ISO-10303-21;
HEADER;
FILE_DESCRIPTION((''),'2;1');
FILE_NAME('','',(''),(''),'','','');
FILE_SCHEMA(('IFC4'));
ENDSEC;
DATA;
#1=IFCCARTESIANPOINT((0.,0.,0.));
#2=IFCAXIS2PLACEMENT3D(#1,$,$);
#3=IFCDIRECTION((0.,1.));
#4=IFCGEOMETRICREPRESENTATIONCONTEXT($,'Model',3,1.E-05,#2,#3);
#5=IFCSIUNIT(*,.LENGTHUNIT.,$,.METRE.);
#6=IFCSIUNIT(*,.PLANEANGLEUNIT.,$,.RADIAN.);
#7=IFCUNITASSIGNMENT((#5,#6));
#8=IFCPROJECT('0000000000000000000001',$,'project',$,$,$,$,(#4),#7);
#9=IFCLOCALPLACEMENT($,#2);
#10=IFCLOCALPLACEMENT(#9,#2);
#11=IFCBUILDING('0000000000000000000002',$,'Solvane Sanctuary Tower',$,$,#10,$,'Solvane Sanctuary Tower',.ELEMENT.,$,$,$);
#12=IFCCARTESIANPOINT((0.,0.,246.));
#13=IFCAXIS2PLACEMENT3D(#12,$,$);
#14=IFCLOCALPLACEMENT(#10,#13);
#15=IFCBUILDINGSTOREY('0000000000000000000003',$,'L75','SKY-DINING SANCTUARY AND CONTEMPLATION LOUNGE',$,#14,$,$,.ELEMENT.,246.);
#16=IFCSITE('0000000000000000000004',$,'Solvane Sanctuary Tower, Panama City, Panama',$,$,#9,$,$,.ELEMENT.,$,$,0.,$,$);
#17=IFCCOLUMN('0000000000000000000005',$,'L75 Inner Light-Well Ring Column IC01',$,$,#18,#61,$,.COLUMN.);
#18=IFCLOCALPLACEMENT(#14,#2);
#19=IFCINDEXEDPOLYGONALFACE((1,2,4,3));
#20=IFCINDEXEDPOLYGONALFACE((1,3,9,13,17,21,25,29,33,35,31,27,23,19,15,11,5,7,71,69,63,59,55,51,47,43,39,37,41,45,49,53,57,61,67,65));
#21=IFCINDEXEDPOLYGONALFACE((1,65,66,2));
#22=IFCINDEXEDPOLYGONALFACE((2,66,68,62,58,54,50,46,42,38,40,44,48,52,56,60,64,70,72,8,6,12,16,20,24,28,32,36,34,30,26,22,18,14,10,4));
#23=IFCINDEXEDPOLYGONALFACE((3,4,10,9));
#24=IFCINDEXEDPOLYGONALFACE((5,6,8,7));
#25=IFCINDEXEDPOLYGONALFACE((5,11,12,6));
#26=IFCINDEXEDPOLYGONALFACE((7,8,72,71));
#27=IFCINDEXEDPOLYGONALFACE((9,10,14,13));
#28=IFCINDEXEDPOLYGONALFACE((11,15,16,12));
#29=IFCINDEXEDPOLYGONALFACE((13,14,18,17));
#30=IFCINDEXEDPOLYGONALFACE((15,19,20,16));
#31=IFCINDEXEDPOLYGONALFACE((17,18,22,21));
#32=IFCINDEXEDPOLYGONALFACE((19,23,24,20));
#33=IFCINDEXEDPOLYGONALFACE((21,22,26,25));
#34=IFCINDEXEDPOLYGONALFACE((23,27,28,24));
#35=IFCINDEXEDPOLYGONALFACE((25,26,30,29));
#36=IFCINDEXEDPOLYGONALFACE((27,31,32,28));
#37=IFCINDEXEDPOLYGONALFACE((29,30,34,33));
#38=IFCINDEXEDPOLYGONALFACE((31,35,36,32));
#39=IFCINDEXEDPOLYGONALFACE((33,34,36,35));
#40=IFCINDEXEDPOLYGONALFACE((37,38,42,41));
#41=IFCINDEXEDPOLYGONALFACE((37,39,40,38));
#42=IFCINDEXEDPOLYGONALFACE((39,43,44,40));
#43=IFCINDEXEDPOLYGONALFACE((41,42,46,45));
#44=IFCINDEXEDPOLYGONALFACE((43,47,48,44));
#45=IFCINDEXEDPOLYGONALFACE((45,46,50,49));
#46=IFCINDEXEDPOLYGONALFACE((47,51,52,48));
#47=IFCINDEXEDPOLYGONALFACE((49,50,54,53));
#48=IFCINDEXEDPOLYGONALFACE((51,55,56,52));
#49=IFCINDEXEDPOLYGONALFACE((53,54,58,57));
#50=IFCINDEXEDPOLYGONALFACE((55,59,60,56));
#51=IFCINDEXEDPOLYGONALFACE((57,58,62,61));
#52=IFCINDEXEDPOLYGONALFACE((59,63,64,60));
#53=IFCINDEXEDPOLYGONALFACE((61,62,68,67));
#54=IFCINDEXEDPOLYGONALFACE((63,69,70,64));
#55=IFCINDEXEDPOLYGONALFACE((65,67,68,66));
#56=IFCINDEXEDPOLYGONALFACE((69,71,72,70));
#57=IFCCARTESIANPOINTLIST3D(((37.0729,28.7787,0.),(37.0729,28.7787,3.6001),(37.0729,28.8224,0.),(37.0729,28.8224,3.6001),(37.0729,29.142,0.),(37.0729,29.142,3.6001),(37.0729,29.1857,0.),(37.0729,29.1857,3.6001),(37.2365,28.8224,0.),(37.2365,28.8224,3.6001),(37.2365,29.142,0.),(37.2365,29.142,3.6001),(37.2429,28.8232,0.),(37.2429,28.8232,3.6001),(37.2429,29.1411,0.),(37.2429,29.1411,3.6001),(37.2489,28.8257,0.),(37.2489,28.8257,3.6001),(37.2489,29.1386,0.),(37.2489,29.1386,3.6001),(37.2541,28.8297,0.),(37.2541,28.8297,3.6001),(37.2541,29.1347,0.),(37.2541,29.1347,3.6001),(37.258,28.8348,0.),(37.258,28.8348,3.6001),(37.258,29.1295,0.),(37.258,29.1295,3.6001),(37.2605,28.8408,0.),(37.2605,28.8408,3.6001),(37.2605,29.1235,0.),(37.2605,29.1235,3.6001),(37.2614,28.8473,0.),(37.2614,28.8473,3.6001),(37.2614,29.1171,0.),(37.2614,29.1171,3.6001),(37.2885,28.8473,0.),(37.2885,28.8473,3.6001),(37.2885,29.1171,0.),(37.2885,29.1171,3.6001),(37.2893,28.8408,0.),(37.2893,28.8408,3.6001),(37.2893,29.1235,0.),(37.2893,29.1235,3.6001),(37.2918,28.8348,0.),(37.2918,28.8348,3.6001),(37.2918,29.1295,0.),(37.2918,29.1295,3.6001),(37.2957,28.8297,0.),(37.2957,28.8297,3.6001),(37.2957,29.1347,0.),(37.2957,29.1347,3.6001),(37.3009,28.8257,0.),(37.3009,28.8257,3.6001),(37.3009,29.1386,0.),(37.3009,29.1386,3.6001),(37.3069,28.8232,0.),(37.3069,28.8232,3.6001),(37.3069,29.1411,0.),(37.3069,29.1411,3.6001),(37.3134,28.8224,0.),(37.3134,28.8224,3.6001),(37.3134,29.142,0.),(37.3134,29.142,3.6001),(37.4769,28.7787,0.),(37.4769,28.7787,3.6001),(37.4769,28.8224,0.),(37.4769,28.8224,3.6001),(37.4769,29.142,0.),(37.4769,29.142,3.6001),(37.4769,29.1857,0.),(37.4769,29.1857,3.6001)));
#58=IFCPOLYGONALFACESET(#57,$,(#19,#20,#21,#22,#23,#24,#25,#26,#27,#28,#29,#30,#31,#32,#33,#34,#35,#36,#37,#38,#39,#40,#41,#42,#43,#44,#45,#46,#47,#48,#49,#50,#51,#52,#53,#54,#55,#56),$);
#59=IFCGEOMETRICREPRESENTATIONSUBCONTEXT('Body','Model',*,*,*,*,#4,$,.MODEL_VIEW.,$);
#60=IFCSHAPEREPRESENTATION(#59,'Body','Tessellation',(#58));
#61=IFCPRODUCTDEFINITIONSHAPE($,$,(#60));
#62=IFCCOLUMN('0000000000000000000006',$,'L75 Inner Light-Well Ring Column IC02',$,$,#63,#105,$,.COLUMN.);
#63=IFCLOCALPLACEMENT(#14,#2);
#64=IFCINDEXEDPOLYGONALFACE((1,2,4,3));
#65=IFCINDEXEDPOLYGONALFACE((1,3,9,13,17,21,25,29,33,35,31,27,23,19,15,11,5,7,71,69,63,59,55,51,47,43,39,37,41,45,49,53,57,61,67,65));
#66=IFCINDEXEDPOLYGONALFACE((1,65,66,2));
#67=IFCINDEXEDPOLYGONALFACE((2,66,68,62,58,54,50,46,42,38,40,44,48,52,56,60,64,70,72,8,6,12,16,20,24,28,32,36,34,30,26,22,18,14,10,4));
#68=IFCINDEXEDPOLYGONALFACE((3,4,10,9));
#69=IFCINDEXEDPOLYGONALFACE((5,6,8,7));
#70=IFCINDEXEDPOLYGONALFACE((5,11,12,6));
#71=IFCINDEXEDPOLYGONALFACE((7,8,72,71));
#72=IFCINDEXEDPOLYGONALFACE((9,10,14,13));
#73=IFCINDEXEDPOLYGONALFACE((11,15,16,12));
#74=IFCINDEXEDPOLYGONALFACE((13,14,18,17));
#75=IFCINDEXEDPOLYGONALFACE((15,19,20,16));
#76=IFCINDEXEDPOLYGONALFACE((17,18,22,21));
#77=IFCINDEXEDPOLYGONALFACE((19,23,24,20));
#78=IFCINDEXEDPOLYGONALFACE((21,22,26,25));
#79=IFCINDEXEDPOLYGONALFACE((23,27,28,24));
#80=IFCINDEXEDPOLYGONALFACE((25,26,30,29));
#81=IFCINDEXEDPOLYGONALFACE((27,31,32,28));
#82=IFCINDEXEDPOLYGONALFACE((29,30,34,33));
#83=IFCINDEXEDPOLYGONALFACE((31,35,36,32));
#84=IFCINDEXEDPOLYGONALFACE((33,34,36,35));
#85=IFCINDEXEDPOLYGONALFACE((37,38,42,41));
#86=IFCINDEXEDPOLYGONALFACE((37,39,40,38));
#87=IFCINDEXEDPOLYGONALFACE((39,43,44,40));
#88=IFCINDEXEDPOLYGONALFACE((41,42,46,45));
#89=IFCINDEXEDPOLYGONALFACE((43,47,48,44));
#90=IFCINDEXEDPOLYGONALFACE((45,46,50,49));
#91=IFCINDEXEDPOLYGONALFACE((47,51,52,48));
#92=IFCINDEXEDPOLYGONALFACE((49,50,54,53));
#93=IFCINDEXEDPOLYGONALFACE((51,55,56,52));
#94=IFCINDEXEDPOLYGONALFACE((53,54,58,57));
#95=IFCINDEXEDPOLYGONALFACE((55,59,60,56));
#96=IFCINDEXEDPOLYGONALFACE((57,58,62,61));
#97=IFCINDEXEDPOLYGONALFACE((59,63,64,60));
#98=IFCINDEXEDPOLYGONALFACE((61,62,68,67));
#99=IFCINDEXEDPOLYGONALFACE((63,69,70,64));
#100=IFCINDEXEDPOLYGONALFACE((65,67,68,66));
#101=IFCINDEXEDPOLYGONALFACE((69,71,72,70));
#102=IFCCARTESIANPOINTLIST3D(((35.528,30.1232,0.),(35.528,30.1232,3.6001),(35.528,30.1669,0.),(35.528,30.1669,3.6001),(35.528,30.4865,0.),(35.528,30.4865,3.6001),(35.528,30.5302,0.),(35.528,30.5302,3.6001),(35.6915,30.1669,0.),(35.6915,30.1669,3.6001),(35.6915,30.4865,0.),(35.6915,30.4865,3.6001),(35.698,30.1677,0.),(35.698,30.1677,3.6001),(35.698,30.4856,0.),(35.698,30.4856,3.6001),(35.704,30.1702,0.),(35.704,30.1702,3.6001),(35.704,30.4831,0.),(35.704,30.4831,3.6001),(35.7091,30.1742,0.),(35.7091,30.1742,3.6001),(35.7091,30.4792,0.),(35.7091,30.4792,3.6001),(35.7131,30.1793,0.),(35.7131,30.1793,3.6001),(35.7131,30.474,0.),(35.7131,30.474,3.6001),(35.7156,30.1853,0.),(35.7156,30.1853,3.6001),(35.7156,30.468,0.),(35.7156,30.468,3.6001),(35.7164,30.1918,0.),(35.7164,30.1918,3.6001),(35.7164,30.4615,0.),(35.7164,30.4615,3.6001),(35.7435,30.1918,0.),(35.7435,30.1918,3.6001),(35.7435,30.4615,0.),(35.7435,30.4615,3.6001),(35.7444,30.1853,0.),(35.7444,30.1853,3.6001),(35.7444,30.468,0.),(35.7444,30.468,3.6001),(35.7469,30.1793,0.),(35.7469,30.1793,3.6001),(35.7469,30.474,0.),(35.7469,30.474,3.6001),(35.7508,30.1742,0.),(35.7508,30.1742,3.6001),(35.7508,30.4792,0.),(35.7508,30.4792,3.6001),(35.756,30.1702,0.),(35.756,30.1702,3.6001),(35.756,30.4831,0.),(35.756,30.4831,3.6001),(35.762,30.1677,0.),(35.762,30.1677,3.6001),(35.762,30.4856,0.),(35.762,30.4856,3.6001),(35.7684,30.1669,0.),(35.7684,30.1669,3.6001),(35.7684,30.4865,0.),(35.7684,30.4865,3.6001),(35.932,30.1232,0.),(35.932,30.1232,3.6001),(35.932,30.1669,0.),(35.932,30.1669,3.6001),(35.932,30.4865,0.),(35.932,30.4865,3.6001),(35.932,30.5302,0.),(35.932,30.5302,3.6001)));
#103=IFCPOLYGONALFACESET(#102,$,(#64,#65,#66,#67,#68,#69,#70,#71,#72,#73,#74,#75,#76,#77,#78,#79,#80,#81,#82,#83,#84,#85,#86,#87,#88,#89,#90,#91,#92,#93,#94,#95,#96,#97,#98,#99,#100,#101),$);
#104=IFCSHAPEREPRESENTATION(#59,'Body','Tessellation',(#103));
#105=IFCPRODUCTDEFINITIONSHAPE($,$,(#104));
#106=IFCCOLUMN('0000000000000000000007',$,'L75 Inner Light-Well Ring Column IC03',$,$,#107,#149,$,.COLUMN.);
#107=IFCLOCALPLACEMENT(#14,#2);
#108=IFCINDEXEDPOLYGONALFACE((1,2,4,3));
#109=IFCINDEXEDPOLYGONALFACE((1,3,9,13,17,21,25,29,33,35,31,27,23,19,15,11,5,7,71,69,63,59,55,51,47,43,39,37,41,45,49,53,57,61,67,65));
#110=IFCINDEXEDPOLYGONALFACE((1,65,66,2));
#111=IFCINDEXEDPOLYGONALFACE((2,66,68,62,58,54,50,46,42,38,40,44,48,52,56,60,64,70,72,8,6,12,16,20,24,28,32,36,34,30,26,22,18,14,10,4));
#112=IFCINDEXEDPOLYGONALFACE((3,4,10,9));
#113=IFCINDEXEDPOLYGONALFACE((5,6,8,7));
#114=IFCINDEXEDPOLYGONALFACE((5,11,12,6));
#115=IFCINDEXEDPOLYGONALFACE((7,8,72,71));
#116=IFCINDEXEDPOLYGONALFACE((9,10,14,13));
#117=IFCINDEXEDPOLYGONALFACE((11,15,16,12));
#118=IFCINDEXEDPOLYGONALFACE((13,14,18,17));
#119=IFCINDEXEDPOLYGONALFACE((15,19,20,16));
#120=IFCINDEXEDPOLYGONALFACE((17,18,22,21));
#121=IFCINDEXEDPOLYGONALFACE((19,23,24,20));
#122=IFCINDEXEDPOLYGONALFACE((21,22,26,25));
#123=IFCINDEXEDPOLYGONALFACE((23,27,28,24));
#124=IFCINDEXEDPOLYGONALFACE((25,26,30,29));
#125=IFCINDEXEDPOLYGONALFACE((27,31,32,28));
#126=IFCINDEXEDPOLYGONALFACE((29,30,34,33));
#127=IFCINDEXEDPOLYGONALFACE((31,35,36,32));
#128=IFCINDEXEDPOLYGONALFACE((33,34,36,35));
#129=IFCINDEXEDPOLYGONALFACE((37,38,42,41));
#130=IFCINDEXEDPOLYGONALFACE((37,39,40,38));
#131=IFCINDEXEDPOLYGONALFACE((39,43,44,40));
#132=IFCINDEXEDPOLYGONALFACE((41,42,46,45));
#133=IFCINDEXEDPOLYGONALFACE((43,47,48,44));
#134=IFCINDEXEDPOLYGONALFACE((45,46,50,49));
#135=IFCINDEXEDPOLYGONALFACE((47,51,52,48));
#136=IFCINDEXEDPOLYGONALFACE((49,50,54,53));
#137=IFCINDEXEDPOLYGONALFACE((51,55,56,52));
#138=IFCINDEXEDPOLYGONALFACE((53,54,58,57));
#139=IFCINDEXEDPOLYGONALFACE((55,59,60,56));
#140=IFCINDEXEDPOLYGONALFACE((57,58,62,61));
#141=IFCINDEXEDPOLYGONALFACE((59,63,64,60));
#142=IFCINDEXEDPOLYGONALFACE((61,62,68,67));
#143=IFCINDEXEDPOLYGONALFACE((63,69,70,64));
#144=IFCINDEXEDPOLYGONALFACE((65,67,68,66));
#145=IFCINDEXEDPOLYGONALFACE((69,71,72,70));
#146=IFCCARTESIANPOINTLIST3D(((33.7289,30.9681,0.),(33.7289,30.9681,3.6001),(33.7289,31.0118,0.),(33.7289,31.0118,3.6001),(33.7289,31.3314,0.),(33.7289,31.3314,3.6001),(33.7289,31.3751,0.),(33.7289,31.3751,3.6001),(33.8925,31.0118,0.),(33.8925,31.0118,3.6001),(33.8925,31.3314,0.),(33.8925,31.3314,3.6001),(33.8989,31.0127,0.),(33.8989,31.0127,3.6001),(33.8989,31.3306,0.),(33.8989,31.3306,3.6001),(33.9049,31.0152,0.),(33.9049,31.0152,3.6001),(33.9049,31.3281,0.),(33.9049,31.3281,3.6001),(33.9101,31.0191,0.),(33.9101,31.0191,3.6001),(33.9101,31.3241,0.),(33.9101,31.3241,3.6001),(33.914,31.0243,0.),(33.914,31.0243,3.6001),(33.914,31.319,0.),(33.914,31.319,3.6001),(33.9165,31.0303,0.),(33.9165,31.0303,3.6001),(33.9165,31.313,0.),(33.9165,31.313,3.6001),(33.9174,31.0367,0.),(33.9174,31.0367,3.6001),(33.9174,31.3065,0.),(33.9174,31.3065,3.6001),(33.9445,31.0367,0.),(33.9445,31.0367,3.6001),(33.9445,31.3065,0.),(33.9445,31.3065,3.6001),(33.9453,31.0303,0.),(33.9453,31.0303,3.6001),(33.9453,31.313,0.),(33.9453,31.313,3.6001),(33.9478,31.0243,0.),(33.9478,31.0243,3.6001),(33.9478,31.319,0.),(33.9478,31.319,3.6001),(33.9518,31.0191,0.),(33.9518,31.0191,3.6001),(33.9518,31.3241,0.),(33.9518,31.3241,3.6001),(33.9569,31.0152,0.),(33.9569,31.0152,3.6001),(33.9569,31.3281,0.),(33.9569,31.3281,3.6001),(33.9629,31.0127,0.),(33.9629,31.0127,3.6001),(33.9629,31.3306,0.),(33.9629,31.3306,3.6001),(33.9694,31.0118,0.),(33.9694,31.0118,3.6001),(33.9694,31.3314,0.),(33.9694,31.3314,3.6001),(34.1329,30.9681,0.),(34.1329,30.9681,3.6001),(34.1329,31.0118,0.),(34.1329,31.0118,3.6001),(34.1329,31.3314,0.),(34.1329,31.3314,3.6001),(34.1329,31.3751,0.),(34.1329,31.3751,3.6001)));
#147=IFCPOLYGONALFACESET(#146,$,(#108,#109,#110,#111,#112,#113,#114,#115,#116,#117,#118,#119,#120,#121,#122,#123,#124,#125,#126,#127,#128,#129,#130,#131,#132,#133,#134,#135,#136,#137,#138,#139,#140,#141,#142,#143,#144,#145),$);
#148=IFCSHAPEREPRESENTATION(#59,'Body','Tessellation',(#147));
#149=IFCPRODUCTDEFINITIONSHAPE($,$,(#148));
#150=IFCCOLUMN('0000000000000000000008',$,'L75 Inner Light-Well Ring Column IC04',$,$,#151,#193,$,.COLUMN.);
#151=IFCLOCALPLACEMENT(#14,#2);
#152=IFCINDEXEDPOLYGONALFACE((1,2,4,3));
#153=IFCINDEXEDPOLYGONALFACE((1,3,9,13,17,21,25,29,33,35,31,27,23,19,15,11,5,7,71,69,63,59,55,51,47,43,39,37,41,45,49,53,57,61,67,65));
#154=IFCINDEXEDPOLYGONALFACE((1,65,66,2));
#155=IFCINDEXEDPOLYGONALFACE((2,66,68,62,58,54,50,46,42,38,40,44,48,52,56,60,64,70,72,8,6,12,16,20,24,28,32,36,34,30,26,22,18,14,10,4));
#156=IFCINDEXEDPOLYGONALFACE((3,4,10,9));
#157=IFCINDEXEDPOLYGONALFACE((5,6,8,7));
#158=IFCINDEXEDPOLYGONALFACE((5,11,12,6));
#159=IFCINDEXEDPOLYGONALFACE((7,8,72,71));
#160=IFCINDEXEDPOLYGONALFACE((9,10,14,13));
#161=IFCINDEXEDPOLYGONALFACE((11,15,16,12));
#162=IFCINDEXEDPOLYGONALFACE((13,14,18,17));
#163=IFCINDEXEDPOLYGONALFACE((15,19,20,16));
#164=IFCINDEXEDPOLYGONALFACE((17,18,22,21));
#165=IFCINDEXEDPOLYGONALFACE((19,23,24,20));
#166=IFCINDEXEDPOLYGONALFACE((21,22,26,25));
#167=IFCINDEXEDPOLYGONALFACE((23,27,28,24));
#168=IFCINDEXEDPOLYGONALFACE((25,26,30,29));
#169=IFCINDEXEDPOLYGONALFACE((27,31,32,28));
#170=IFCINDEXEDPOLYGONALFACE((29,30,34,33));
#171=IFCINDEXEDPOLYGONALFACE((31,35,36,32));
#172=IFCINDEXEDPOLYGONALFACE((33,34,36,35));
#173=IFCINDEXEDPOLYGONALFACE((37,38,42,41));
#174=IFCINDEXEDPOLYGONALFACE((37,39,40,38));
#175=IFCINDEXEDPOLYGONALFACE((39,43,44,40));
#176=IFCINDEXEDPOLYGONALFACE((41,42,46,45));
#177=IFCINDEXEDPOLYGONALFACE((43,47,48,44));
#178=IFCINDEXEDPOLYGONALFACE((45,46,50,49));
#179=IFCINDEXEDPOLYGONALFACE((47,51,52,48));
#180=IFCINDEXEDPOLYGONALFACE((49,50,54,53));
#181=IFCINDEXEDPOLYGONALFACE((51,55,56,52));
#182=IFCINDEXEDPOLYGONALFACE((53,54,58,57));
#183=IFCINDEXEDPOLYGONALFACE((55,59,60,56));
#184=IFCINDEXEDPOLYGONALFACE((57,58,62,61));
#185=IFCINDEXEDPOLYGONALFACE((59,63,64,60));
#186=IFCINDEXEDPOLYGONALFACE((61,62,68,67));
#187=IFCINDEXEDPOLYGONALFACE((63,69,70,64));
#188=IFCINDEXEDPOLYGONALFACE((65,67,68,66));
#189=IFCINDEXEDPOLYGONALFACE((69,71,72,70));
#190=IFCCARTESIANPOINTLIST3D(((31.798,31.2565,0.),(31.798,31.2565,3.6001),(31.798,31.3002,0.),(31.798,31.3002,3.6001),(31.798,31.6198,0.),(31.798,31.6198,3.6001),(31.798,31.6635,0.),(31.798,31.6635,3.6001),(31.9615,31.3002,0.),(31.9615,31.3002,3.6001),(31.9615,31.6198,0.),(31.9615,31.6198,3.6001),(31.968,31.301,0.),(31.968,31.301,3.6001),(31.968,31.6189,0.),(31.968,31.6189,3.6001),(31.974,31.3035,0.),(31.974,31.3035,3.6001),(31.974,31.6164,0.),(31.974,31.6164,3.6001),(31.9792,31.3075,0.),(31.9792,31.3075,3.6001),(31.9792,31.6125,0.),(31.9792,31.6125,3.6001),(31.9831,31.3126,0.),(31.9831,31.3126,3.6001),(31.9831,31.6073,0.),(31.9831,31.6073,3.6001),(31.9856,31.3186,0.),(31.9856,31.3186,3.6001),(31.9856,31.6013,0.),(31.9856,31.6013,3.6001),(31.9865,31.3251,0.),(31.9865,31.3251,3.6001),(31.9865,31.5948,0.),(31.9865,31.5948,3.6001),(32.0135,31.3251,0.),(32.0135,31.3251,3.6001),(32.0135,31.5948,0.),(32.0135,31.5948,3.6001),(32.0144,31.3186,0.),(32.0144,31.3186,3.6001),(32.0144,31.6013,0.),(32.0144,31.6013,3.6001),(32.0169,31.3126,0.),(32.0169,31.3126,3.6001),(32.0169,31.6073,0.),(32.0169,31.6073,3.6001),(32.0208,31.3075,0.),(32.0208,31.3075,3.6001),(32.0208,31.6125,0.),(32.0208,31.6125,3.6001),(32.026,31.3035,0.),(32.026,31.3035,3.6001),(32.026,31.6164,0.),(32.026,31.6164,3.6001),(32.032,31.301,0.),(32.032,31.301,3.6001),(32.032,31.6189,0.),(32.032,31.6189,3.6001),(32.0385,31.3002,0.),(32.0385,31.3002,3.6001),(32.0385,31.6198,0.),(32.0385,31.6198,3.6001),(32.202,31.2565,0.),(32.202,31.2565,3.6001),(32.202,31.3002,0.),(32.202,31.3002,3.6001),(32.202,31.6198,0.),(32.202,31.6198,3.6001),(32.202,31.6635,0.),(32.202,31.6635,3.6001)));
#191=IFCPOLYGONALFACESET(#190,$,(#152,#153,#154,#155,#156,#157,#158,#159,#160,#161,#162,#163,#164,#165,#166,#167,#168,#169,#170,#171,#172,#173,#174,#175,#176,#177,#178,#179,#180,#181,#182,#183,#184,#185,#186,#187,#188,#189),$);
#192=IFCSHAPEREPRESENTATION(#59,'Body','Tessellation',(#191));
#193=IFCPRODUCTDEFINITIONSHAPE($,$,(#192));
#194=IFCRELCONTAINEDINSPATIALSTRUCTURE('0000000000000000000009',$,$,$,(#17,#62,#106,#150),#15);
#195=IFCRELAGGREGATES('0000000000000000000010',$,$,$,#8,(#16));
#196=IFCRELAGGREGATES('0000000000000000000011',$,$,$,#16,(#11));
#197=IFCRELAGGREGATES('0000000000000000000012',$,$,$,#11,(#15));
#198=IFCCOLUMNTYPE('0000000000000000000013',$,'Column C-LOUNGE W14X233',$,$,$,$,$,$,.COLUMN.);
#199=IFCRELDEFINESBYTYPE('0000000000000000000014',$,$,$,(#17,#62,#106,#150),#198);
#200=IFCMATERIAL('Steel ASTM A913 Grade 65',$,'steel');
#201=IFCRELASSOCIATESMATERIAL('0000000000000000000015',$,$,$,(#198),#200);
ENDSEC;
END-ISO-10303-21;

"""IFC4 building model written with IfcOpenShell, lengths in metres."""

from ifc_helpers import new_model, si_unit, direction, frame, origin, origin_2d, place, context, subcontext, project, spatial, i_section, extrude, material, material_profile, profile_set, type_object, element, save


model = new_model("IFC4")

# Units and contexts
model_context = context("Model", 3, precision=1e-05, world=origin(), true_north=direction((0.0, 1.0)))
body_context = subcontext(model_context, "Body", "Model", "MODEL_VIEW")
ifc_project = project(units=[si_unit("LENGTHUNIT", "METRE"), si_unit("PLANEANGLEUNIT", "RADIAN")], contexts=[model_context])

# Site, building, storey
site_placement = place(None, origin())
site = spatial("IfcSite", under=ifc_project, at=site_placement, Name="Solvane Sanctuary Tower, Panama City, Panama", CompositionType="ELEMENT", RefElevation=0.0)
building_placement = place(site_placement, origin())
building = spatial("IfcBuilding", under=site, at=building_placement, Name="Solvane Sanctuary Tower", LongName="Solvane Sanctuary Tower", CompositionType="ELEMENT")
storey_placement = place(building_placement, frame((0.0, 0.0, 246.0)))
storey = spatial("IfcBuildingStorey", under=building, at=storey_placement, Name="L75", Description="SKY-DINING SANCTUARY AND CONTEMPLATION LOUNGE", CompositionType="ELEMENT", Elevation=246.0)

# Columns
ifc_material_1 = material(Name="Steel ASTM A913 Grade 65", Category="steel")
ifc_material_profile_1 = material_profile(ifc_material_1, i_section(OverallWidth=0.4041, OverallDepth=0.407, WebThickness=0.0271, FlangeThickness=0.0437, FilletRadius=0.0249, at=origin_2d()), Name="W14X233")
ifc_profile_set_1 = profile_set([ifc_material_profile_1], Name="Steel ASTM A913 Grade 65")
column_type = type_object("IfcColumnType", Name="Column C-LOUNGE W14X233", PredefinedType="COLUMN", material=ifc_profile_set_1)
for number, where, z_axis, x_axis, name in (
    (1, (37.2749, 28.9822, 0.0), (0.0, 0.0, 1.0), (1.0, 0.0, 0.0), "L75 Inner Light-Well Ring Column IC01"),
    (2, (35.73, 30.3267, 0.0), (0.0, 0.0, 1.0), (1.0, 0.0, 0.0), "L75 Inner Light-Well Ring Column IC02"),
    (3, (33.9309, 31.1716, 0.0), (0.0, 0.0, 1.0), (1.0, 0.0, 0.0), "L75 Inner Light-Well Ring Column IC03"),
    (4, (32.0, 31.46, 0.0), (0.0, 0.0, 1.0), (1.0, 0.0, 0.0), "L75 Inner Light-Well Ring Column IC04"),
):
    element("IfcColumn", number, at=place(storey_placement, frame(where, z_axis=z_axis, x_axis=x_axis)), inside=storey, type_object=column_type, Name=name, PredefinedType="COLUMN", context=body_context, shape_type="SweptSolid", body=[
        extrude(i_section(OverallWidth=0.4041, OverallDepth=0.407, WebThickness=0.0271, FlangeThickness=0.0437, FilletRadius=0.0249, at=origin_2d()), origin(), (0.0, 0.0, 1.0), 3.6001),
    ])

save(model, "model.ifc")
